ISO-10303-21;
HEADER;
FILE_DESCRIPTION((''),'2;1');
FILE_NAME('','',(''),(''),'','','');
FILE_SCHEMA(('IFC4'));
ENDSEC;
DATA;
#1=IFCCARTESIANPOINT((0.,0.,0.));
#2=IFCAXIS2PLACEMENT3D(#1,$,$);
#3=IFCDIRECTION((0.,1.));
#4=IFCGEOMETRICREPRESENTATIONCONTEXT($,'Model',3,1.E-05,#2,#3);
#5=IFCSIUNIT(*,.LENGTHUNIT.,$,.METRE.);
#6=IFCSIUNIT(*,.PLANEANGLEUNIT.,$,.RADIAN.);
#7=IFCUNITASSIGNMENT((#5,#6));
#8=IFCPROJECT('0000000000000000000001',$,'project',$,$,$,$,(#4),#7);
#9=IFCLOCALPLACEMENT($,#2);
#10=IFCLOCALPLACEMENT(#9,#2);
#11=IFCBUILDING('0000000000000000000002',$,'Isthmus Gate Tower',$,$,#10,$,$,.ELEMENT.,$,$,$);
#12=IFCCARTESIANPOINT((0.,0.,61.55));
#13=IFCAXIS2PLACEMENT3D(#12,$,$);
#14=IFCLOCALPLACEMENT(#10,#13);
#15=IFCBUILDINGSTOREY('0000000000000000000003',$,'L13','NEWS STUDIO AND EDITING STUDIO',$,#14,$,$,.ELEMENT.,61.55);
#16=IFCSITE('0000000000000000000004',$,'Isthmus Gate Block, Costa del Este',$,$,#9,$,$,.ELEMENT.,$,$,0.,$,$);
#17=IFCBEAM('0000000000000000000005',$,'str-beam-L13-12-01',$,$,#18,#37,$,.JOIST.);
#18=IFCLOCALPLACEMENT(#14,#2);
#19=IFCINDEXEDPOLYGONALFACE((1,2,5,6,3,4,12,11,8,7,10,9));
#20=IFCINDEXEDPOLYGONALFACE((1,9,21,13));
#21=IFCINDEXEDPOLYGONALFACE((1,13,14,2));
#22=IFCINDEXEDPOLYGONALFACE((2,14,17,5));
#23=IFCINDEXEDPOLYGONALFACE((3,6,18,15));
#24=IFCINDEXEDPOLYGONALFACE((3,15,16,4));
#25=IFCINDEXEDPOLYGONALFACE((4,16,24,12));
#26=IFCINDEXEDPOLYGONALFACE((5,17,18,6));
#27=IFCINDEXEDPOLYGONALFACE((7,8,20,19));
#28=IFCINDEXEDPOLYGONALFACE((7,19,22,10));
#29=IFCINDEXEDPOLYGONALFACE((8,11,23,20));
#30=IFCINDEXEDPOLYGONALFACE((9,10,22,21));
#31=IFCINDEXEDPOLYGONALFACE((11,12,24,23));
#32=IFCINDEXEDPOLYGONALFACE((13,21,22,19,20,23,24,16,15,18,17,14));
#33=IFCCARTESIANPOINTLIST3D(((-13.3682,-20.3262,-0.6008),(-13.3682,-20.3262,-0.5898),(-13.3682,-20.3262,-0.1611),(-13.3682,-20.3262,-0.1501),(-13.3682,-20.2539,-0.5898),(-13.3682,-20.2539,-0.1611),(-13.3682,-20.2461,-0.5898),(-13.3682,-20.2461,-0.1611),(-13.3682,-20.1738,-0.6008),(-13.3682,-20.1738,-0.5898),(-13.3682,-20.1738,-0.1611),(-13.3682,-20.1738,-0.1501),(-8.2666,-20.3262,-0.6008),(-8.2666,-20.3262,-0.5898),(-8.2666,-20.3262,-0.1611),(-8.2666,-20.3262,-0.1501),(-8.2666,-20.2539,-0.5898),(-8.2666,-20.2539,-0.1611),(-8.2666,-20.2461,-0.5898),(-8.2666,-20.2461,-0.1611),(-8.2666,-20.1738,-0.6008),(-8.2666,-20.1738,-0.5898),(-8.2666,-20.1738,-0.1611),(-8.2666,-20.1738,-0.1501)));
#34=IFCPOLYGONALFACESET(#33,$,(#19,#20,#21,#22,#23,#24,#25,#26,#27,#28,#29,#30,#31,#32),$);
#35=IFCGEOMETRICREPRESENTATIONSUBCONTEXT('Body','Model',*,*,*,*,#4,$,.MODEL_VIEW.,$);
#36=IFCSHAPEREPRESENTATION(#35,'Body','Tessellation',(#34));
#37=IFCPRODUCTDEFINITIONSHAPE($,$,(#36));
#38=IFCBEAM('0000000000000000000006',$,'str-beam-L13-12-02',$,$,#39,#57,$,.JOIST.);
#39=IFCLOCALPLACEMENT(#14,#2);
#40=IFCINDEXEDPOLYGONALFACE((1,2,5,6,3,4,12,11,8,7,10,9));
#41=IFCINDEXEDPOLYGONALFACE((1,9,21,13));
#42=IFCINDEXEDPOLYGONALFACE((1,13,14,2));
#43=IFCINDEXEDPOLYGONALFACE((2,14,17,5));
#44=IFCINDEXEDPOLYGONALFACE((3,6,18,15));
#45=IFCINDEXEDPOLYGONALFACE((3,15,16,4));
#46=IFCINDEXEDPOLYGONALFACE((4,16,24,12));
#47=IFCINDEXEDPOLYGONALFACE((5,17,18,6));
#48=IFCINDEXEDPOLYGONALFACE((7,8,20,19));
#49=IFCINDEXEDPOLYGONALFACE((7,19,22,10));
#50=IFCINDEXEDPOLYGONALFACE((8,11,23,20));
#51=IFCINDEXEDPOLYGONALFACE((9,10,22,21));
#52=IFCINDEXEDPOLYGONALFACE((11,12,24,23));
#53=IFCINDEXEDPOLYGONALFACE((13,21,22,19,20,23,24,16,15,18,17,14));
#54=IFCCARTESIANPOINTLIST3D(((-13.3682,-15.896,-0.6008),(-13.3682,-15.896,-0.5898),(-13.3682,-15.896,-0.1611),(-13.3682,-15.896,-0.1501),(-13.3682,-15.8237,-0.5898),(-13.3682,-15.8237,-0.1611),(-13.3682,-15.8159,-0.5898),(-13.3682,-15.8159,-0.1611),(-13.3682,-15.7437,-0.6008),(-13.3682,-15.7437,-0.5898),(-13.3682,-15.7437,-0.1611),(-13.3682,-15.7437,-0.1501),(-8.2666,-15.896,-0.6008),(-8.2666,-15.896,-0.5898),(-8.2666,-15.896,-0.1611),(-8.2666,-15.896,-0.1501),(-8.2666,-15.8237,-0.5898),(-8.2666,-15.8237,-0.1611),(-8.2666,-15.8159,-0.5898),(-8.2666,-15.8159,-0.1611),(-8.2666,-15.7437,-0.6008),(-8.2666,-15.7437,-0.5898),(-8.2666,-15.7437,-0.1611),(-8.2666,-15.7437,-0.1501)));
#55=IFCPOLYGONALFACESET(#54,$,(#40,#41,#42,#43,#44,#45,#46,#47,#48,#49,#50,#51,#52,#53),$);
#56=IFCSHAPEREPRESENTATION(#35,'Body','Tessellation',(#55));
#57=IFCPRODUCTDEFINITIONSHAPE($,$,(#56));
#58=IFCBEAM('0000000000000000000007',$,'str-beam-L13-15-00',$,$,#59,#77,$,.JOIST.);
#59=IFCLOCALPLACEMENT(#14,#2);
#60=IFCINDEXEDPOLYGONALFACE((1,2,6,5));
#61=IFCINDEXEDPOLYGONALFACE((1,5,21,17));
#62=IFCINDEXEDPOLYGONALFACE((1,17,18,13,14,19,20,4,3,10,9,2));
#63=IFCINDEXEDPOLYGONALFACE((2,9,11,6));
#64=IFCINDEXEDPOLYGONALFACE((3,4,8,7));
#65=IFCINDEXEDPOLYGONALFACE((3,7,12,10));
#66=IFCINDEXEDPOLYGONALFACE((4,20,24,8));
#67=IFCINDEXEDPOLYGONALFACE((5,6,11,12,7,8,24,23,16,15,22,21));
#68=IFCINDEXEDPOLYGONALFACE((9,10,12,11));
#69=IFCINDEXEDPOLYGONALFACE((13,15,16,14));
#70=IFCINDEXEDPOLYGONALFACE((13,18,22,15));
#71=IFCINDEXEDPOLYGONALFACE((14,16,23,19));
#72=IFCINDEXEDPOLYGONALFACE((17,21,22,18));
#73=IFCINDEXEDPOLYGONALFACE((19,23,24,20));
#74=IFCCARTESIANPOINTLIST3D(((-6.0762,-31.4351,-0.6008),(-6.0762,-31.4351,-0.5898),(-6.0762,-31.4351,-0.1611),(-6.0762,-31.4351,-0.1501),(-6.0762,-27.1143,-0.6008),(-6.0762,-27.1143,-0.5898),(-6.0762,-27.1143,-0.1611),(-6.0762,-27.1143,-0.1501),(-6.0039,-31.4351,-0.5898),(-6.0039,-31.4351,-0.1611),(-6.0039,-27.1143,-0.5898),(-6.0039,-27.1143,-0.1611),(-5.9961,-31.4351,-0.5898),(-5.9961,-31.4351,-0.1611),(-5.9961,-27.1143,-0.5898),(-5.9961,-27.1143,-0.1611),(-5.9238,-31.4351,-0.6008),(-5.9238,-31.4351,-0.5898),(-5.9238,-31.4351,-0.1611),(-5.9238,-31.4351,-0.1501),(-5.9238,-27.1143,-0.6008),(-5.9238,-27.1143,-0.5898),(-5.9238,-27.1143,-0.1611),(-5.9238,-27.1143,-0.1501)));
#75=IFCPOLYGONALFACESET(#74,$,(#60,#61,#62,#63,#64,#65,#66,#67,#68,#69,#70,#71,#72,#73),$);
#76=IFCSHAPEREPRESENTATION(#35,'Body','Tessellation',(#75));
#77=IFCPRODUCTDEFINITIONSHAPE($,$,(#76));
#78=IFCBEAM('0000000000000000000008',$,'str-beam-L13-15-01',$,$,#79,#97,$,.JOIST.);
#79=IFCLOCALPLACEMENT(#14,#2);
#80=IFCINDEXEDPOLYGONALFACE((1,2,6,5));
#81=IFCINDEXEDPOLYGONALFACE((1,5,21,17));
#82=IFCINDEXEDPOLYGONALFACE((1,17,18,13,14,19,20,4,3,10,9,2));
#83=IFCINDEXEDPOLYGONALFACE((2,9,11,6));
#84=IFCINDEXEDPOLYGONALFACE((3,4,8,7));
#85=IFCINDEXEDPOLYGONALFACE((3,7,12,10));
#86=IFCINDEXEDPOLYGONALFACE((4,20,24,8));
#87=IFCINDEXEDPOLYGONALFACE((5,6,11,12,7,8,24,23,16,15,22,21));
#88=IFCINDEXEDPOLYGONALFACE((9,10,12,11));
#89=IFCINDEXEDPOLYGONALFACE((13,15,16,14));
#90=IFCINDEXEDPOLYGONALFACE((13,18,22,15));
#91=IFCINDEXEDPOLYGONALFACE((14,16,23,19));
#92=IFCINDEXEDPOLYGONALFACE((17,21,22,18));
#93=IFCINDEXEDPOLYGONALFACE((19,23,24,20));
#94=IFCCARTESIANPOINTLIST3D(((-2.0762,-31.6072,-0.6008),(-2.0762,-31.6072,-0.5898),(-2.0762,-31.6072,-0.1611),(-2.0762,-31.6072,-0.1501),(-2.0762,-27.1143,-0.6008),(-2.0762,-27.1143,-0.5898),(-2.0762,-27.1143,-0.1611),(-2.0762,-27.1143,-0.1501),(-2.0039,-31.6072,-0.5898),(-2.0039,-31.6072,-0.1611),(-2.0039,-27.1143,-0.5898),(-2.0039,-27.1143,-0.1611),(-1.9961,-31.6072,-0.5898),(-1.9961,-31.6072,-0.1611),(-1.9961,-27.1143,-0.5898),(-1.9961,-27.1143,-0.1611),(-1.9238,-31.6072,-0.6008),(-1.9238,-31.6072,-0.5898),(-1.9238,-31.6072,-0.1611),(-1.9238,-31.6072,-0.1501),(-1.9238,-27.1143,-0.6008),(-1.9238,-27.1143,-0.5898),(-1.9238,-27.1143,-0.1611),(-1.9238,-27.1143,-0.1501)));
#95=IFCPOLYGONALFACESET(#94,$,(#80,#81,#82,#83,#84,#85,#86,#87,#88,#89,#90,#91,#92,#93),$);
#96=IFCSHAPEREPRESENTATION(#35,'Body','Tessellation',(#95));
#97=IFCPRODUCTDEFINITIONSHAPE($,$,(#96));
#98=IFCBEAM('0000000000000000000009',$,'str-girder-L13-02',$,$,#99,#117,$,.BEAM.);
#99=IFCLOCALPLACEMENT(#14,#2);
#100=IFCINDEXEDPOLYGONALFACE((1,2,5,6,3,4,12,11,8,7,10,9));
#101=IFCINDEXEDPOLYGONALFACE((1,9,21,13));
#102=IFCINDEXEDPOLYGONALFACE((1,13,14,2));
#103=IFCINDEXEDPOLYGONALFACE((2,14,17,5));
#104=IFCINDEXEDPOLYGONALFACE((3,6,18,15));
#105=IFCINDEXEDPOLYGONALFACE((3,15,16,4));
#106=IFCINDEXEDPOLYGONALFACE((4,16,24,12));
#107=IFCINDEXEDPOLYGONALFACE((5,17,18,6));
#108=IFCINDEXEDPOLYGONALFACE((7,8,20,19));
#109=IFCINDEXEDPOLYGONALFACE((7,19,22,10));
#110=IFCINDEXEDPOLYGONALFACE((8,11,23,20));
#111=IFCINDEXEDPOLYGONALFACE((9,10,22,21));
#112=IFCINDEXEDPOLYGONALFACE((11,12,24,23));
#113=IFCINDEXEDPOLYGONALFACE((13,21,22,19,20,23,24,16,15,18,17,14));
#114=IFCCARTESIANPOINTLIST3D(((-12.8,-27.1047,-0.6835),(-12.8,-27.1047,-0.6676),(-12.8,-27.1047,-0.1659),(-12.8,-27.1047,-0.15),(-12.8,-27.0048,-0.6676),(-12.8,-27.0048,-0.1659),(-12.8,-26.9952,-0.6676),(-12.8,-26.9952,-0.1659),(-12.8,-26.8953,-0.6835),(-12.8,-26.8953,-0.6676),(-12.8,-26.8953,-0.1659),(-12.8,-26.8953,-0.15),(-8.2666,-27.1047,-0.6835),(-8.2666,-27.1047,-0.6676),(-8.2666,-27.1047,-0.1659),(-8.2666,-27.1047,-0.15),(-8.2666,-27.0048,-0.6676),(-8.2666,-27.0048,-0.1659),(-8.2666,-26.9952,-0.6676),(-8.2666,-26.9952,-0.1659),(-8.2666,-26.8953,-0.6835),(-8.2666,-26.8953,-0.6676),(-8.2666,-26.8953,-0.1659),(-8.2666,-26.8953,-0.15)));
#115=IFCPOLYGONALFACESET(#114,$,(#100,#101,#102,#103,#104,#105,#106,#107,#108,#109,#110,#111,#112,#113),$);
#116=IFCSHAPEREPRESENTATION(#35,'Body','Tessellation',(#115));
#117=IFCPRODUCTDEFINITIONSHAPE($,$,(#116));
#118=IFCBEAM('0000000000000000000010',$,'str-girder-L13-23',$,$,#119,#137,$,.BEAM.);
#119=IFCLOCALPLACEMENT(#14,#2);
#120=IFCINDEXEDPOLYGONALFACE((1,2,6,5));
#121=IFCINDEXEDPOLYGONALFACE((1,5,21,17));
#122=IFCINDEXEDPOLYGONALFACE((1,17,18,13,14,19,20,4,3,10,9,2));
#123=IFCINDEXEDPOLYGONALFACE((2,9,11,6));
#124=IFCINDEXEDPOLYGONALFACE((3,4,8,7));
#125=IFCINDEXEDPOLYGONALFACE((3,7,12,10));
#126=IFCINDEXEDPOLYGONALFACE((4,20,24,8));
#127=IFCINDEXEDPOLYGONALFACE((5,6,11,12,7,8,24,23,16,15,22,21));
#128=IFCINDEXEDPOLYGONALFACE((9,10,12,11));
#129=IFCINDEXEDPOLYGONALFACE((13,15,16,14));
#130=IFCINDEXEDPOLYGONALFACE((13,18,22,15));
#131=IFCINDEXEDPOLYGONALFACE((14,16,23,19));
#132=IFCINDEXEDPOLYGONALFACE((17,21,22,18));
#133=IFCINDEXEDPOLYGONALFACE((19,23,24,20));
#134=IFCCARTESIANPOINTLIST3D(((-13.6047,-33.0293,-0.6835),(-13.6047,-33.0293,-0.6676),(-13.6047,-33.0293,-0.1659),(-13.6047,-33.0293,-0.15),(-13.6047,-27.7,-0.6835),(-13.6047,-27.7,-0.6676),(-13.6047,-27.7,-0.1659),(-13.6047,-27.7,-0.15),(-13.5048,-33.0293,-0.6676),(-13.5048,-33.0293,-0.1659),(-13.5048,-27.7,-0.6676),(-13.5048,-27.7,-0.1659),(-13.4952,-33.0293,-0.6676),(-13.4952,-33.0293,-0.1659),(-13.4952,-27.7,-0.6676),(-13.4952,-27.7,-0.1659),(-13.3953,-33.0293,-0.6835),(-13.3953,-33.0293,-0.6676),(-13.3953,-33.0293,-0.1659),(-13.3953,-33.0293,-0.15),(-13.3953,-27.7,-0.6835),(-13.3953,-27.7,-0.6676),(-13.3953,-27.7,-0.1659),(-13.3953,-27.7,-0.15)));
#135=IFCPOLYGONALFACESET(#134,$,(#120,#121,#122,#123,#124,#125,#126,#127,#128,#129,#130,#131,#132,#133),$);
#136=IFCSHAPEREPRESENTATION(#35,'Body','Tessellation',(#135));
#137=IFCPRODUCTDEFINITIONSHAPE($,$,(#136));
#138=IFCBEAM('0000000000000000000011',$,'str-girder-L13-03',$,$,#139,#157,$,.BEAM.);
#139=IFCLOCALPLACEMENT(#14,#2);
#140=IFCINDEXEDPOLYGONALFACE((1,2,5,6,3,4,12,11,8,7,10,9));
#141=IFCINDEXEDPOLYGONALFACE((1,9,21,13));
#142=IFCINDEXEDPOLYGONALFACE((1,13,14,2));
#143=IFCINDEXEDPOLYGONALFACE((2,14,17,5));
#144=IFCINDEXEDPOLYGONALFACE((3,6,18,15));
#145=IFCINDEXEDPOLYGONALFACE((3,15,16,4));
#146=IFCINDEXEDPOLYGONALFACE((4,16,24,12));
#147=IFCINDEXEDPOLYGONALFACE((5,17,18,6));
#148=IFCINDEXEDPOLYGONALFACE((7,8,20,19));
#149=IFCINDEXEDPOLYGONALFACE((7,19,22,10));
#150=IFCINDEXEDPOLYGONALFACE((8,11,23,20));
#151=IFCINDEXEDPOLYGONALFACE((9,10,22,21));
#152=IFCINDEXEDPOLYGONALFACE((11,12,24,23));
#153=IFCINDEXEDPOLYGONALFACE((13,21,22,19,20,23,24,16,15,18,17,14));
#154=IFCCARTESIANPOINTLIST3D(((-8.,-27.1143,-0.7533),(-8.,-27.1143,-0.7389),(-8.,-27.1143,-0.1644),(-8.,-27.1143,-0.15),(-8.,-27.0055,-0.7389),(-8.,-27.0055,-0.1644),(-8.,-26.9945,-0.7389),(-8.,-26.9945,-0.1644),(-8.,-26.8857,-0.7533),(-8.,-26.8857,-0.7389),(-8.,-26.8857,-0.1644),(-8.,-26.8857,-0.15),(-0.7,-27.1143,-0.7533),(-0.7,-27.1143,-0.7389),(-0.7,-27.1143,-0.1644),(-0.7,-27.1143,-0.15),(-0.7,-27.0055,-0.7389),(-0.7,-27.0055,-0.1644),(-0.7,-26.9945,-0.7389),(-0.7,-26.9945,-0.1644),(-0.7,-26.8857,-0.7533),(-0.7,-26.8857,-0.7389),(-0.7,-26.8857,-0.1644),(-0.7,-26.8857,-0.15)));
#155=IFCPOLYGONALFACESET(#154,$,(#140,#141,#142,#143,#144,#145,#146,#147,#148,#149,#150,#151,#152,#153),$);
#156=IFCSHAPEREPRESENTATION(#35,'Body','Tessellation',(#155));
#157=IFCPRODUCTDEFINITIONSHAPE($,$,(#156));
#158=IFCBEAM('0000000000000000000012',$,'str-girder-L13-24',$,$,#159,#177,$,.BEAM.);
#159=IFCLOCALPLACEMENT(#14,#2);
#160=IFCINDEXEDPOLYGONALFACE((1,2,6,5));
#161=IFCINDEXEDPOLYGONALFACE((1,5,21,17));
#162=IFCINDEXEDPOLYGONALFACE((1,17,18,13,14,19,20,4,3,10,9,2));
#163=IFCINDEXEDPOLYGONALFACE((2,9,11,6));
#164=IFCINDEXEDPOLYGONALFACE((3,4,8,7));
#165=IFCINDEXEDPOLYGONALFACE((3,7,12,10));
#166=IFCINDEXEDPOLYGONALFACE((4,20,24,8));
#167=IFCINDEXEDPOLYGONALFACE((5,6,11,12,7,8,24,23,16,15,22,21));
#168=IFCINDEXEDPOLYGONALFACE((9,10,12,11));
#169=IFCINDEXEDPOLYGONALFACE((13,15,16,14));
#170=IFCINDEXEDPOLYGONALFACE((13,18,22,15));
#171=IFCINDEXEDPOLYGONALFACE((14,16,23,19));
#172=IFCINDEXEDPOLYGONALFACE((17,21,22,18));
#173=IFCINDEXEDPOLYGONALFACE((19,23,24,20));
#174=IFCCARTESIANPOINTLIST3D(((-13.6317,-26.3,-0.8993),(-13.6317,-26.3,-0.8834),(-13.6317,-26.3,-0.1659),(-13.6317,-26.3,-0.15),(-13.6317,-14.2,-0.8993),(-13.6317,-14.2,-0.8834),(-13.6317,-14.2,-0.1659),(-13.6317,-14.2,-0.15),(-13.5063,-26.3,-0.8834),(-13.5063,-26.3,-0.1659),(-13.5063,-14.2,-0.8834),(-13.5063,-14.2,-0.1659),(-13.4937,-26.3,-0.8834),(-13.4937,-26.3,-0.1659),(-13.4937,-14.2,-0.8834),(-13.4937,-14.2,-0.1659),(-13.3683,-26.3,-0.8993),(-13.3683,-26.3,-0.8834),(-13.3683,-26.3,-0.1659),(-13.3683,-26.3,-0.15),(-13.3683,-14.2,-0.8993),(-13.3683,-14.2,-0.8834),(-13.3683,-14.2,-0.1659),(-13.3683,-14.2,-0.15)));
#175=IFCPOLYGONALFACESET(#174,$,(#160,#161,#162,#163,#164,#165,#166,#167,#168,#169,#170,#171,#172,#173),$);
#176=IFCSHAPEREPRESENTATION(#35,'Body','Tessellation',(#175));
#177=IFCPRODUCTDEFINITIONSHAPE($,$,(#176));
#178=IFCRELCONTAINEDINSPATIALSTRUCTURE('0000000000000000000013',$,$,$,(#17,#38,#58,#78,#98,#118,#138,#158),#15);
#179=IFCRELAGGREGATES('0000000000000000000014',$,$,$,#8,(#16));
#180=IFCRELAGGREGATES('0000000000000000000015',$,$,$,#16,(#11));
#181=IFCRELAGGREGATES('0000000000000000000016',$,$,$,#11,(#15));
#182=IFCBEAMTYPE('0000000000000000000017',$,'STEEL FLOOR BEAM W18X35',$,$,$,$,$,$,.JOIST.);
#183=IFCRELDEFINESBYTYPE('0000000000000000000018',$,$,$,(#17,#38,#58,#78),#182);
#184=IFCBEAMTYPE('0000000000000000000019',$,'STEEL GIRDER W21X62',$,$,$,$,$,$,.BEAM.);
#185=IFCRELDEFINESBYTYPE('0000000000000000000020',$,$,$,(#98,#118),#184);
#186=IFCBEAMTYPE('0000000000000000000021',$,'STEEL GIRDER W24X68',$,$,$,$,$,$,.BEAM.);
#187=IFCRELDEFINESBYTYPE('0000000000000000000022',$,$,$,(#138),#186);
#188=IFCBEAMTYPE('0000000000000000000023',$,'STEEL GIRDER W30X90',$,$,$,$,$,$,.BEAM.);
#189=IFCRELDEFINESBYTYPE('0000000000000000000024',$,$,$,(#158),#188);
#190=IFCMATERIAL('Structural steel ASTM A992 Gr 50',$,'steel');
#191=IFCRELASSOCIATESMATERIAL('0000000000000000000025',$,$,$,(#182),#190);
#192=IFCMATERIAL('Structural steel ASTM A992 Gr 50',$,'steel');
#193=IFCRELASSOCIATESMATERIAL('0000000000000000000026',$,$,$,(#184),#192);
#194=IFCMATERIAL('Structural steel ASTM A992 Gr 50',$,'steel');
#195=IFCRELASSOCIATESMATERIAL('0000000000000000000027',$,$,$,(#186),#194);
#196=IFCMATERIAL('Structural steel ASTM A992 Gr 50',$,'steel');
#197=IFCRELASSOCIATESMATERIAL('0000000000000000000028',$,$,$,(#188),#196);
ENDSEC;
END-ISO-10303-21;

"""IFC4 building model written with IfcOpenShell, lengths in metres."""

from ifc_helpers import new_model, si_unit, direction, frame, origin, origin_2d, place, context, subcontext, project, spatial, i_section, extrude, material, material_profile, profile_set, type_object, element, save


model = new_model("IFC4")

# Units and contexts
model_context = context("Model", 3, precision=1e-05, world=origin(), true_north=direction((0.0, 1.0)))
body_context = subcontext(model_context, "Body", "Model", "MODEL_VIEW")
ifc_project = project(units=[si_unit("LENGTHUNIT", "METRE"), si_unit("PLANEANGLEUNIT", "RADIAN")], contexts=[model_context])

# Site, building, storey
site_placement = place(None, origin())
site = spatial("IfcSite", under=ifc_project, at=site_placement, Name="Isthmus Gate Block, Costa del Este", CompositionType="ELEMENT", RefElevation=0.0)
building_placement = place(site_placement, origin())
building = spatial("IfcBuilding", under=site, at=building_placement, Name="Isthmus Gate Tower", CompositionType="ELEMENT")
storey_placement = place(building_placement, frame((0.0, 0.0, 61.55)))
storey = spatial("IfcBuildingStorey", under=building, at=storey_placement, Name="L13", Description="NEWS STUDIO AND EDITING STUDIO", CompositionType="ELEMENT", Elevation=61.55)

# Beams
ifc_material_1 = material(Name="Structural steel ASTM A992 Gr 50", Category="steel")
ifc_material_profile_1 = material_profile(ifc_material_1, i_section(OverallWidth=0.1523, OverallDepth=0.4507, WebThickness=0.0078, FlangeThickness=0.011, at=origin_2d()), Name="W18X35")
ifc_profile_set_1 = profile_set([ifc_material_profile_1], Name="Structural steel ASTM A992 Gr 50")
beam_type_1 = type_object("IfcBeamType", Name="STEEL FLOOR BEAM W18X35", PredefinedType="JOIST", material=ifc_profile_set_1)
for number, where, z_axis, x_axis, name in (
    (1, (-13.3682, -20.25, -0.3755), (1.0, 0.0, 0.0), (0.0, 1.0, 0.0), "str-beam-L13-12-01"),
    (2, (-13.3682, -15.8198, -0.3755), (1.0, 0.0, 0.0), (0.0, 1.0, 0.0), "str-beam-L13-12-02"),
):
    element("IfcBeam", number, at=place(storey_placement, frame(where, z_axis=z_axis, x_axis=x_axis)), inside=storey, type_object=beam_type_1, Name=name, PredefinedType="JOIST", context=body_context, shape_type="SweptSolid", body=[
        extrude(i_section(OverallWidth=0.1523, OverallDepth=0.4507, WebThickness=0.0078, FlangeThickness=0.011, at=origin_2d()), origin(), (0.0, 0.0, 1.0), 5.1016),
    ])
beam_1_placement = place(storey_placement, frame((-6.0, -31.4351, -0.3755), z_axis=(0.0, 1.0, 0.0), x_axis=(-1.0, 0.0, 0.0)))
element("IfcBeam", 3, at=beam_1_placement, inside=storey, type_object=beam_type_1, Name="str-beam-L13-15-00", PredefinedType="JOIST", context=body_context, shape_type="SweptSolid", body=[
    extrude(i_section(OverallWidth=0.1523, OverallDepth=0.4507, WebThickness=0.0078, FlangeThickness=0.011, at=origin_2d()), origin(), (0.0, 0.0, 1.0), 4.3208),
])
beam_2_placement = place(storey_placement, frame((-2.0, -31.6072, -0.3755), z_axis=(0.0, 1.0, 0.0), x_axis=(-1.0, 0.0, 0.0)))
element("IfcBeam", 4, at=beam_2_placement, inside=storey, type_object=beam_type_1, Name="str-beam-L13-15-01", PredefinedType="JOIST", context=body_context, shape_type="SweptSolid", body=[
    extrude(i_section(OverallWidth=0.1523, OverallDepth=0.4507, WebThickness=0.0078, FlangeThickness=0.011, at=origin_2d()), origin(), (0.0, 0.0, 1.0), 4.4929),
])
ifc_material_2 = material(Name="Structural steel ASTM A992 Gr 50", Category="steel")
ifc_material_profile_2 = material_profile(ifc_material_2, i_section(OverallWidth=0.2095, OverallDepth=0.5334, WebThickness=0.0095, FlangeThickness=0.0159, at=origin_2d()), Name="W21X62")
ifc_profile_set_2 = profile_set([ifc_material_profile_2], Name="Structural steel ASTM A992 Gr 50")
beam_type_2 = type_object("IfcBeamType", Name="STEEL GIRDER W21X62", PredefinedType="BEAM", material=ifc_profile_set_2)
beam_3_placement = place(storey_placement, frame((-12.8, -27.0, -0.4167), z_axis=(1.0, 0.0, 0.0), x_axis=(0.0, 1.0, 0.0)))
element("IfcBeam", 5, at=beam_3_placement, inside=storey, type_object=beam_type_2, Name="str-girder-L13-02", PredefinedType="BEAM", context=body_context, shape_type="SweptSolid", body=[
    extrude(i_section(OverallWidth=0.2095, OverallDepth=0.5334, WebThickness=0.0095, FlangeThickness=0.0159, at=origin_2d()), origin(), (0.0, 0.0, 1.0), 4.5334),
])
beam_4_placement = place(storey_placement, frame((-13.5, -33.0293, -0.4167), z_axis=(0.0, 1.0, 0.0), x_axis=(-1.0, 0.0, 0.0)))
element("IfcBeam", 6, at=beam_4_placement, inside=storey, type_object=beam_type_2, Name="str-girder-L13-23", PredefinedType="BEAM", context=body_context, shape_type="SweptSolid", body=[
    extrude(i_section(OverallWidth=0.2095, OverallDepth=0.5334, WebThickness=0.0095, FlangeThickness=0.0159, at=origin_2d()), origin(), (0.0, 0.0, 1.0), 5.3293),
])
ifc_material_3 = material(Name="Structural steel ASTM A992 Gr 50", Category="steel")
ifc_material_profile_3 = material_profile(ifc_material_3, i_section(OverallWidth=0.2285, OverallDepth=0.6033, WebThickness=0.011, FlangeThickness=0.0144, at=origin_2d()), Name="W24X68")
ifc_profile_set_3 = profile_set([ifc_material_profile_3], Name="Structural steel ASTM A992 Gr 50")
beam_type_3 = type_object("IfcBeamType", Name="STEEL GIRDER W24X68", PredefinedType="BEAM", material=ifc_profile_set_3)
beam_5_placement = place(storey_placement, frame((-8.0, -27.0, -0.4517), z_axis=(1.0, 0.0, 0.0), x_axis=(0.0, 1.0, 0.0)))
element("IfcBeam", 7, at=beam_5_placement, inside=storey, type_object=beam_type_3, Name="str-girder-L13-03", PredefinedType="BEAM", context=body_context, shape_type="SweptSolid", body=[
    extrude(i_section(OverallWidth=0.2285, OverallDepth=0.6033, WebThickness=0.011, FlangeThickness=0.0144, at=origin_2d()), origin(), (0.0, 0.0, 1.0), 7.3),
])
ifc_material_4 = material(Name="Structural steel ASTM A992 Gr 50", Category="steel")
ifc_material_profile_4 = material_profile(ifc_material_4, i_section(OverallWidth=0.2634, OverallDepth=0.7493, WebThickness=0.0127, FlangeThickness=0.0159, at=origin_2d()), Name="W30X90")
ifc_profile_set_4 = profile_set([ifc_material_profile_4], Name="Structural steel ASTM A992 Gr 50")
beam_type_4 = type_object("IfcBeamType", Name="STEEL GIRDER W30X90", PredefinedType="BEAM", material=ifc_profile_set_4)
beam_6_placement = place(storey_placement, frame((-13.5, -26.3, -0.5247), z_axis=(0.0, 1.0, 0.0), x_axis=(-1.0, 0.0, 0.0)))
element("IfcBeam", 8, at=beam_6_placement, inside=storey, type_object=beam_type_4, Name="str-girder-L13-24", PredefinedType="BEAM", context=body_context, shape_type="SweptSolid", body=[
    extrude(i_section(OverallWidth=0.2634, OverallDepth=0.7493, WebThickness=0.0127, FlangeThickness=0.0159, at=origin_2d()), origin(), (0.0, 0.0, 1.0), 12.1001),
])

save(model, "model.ifc")
